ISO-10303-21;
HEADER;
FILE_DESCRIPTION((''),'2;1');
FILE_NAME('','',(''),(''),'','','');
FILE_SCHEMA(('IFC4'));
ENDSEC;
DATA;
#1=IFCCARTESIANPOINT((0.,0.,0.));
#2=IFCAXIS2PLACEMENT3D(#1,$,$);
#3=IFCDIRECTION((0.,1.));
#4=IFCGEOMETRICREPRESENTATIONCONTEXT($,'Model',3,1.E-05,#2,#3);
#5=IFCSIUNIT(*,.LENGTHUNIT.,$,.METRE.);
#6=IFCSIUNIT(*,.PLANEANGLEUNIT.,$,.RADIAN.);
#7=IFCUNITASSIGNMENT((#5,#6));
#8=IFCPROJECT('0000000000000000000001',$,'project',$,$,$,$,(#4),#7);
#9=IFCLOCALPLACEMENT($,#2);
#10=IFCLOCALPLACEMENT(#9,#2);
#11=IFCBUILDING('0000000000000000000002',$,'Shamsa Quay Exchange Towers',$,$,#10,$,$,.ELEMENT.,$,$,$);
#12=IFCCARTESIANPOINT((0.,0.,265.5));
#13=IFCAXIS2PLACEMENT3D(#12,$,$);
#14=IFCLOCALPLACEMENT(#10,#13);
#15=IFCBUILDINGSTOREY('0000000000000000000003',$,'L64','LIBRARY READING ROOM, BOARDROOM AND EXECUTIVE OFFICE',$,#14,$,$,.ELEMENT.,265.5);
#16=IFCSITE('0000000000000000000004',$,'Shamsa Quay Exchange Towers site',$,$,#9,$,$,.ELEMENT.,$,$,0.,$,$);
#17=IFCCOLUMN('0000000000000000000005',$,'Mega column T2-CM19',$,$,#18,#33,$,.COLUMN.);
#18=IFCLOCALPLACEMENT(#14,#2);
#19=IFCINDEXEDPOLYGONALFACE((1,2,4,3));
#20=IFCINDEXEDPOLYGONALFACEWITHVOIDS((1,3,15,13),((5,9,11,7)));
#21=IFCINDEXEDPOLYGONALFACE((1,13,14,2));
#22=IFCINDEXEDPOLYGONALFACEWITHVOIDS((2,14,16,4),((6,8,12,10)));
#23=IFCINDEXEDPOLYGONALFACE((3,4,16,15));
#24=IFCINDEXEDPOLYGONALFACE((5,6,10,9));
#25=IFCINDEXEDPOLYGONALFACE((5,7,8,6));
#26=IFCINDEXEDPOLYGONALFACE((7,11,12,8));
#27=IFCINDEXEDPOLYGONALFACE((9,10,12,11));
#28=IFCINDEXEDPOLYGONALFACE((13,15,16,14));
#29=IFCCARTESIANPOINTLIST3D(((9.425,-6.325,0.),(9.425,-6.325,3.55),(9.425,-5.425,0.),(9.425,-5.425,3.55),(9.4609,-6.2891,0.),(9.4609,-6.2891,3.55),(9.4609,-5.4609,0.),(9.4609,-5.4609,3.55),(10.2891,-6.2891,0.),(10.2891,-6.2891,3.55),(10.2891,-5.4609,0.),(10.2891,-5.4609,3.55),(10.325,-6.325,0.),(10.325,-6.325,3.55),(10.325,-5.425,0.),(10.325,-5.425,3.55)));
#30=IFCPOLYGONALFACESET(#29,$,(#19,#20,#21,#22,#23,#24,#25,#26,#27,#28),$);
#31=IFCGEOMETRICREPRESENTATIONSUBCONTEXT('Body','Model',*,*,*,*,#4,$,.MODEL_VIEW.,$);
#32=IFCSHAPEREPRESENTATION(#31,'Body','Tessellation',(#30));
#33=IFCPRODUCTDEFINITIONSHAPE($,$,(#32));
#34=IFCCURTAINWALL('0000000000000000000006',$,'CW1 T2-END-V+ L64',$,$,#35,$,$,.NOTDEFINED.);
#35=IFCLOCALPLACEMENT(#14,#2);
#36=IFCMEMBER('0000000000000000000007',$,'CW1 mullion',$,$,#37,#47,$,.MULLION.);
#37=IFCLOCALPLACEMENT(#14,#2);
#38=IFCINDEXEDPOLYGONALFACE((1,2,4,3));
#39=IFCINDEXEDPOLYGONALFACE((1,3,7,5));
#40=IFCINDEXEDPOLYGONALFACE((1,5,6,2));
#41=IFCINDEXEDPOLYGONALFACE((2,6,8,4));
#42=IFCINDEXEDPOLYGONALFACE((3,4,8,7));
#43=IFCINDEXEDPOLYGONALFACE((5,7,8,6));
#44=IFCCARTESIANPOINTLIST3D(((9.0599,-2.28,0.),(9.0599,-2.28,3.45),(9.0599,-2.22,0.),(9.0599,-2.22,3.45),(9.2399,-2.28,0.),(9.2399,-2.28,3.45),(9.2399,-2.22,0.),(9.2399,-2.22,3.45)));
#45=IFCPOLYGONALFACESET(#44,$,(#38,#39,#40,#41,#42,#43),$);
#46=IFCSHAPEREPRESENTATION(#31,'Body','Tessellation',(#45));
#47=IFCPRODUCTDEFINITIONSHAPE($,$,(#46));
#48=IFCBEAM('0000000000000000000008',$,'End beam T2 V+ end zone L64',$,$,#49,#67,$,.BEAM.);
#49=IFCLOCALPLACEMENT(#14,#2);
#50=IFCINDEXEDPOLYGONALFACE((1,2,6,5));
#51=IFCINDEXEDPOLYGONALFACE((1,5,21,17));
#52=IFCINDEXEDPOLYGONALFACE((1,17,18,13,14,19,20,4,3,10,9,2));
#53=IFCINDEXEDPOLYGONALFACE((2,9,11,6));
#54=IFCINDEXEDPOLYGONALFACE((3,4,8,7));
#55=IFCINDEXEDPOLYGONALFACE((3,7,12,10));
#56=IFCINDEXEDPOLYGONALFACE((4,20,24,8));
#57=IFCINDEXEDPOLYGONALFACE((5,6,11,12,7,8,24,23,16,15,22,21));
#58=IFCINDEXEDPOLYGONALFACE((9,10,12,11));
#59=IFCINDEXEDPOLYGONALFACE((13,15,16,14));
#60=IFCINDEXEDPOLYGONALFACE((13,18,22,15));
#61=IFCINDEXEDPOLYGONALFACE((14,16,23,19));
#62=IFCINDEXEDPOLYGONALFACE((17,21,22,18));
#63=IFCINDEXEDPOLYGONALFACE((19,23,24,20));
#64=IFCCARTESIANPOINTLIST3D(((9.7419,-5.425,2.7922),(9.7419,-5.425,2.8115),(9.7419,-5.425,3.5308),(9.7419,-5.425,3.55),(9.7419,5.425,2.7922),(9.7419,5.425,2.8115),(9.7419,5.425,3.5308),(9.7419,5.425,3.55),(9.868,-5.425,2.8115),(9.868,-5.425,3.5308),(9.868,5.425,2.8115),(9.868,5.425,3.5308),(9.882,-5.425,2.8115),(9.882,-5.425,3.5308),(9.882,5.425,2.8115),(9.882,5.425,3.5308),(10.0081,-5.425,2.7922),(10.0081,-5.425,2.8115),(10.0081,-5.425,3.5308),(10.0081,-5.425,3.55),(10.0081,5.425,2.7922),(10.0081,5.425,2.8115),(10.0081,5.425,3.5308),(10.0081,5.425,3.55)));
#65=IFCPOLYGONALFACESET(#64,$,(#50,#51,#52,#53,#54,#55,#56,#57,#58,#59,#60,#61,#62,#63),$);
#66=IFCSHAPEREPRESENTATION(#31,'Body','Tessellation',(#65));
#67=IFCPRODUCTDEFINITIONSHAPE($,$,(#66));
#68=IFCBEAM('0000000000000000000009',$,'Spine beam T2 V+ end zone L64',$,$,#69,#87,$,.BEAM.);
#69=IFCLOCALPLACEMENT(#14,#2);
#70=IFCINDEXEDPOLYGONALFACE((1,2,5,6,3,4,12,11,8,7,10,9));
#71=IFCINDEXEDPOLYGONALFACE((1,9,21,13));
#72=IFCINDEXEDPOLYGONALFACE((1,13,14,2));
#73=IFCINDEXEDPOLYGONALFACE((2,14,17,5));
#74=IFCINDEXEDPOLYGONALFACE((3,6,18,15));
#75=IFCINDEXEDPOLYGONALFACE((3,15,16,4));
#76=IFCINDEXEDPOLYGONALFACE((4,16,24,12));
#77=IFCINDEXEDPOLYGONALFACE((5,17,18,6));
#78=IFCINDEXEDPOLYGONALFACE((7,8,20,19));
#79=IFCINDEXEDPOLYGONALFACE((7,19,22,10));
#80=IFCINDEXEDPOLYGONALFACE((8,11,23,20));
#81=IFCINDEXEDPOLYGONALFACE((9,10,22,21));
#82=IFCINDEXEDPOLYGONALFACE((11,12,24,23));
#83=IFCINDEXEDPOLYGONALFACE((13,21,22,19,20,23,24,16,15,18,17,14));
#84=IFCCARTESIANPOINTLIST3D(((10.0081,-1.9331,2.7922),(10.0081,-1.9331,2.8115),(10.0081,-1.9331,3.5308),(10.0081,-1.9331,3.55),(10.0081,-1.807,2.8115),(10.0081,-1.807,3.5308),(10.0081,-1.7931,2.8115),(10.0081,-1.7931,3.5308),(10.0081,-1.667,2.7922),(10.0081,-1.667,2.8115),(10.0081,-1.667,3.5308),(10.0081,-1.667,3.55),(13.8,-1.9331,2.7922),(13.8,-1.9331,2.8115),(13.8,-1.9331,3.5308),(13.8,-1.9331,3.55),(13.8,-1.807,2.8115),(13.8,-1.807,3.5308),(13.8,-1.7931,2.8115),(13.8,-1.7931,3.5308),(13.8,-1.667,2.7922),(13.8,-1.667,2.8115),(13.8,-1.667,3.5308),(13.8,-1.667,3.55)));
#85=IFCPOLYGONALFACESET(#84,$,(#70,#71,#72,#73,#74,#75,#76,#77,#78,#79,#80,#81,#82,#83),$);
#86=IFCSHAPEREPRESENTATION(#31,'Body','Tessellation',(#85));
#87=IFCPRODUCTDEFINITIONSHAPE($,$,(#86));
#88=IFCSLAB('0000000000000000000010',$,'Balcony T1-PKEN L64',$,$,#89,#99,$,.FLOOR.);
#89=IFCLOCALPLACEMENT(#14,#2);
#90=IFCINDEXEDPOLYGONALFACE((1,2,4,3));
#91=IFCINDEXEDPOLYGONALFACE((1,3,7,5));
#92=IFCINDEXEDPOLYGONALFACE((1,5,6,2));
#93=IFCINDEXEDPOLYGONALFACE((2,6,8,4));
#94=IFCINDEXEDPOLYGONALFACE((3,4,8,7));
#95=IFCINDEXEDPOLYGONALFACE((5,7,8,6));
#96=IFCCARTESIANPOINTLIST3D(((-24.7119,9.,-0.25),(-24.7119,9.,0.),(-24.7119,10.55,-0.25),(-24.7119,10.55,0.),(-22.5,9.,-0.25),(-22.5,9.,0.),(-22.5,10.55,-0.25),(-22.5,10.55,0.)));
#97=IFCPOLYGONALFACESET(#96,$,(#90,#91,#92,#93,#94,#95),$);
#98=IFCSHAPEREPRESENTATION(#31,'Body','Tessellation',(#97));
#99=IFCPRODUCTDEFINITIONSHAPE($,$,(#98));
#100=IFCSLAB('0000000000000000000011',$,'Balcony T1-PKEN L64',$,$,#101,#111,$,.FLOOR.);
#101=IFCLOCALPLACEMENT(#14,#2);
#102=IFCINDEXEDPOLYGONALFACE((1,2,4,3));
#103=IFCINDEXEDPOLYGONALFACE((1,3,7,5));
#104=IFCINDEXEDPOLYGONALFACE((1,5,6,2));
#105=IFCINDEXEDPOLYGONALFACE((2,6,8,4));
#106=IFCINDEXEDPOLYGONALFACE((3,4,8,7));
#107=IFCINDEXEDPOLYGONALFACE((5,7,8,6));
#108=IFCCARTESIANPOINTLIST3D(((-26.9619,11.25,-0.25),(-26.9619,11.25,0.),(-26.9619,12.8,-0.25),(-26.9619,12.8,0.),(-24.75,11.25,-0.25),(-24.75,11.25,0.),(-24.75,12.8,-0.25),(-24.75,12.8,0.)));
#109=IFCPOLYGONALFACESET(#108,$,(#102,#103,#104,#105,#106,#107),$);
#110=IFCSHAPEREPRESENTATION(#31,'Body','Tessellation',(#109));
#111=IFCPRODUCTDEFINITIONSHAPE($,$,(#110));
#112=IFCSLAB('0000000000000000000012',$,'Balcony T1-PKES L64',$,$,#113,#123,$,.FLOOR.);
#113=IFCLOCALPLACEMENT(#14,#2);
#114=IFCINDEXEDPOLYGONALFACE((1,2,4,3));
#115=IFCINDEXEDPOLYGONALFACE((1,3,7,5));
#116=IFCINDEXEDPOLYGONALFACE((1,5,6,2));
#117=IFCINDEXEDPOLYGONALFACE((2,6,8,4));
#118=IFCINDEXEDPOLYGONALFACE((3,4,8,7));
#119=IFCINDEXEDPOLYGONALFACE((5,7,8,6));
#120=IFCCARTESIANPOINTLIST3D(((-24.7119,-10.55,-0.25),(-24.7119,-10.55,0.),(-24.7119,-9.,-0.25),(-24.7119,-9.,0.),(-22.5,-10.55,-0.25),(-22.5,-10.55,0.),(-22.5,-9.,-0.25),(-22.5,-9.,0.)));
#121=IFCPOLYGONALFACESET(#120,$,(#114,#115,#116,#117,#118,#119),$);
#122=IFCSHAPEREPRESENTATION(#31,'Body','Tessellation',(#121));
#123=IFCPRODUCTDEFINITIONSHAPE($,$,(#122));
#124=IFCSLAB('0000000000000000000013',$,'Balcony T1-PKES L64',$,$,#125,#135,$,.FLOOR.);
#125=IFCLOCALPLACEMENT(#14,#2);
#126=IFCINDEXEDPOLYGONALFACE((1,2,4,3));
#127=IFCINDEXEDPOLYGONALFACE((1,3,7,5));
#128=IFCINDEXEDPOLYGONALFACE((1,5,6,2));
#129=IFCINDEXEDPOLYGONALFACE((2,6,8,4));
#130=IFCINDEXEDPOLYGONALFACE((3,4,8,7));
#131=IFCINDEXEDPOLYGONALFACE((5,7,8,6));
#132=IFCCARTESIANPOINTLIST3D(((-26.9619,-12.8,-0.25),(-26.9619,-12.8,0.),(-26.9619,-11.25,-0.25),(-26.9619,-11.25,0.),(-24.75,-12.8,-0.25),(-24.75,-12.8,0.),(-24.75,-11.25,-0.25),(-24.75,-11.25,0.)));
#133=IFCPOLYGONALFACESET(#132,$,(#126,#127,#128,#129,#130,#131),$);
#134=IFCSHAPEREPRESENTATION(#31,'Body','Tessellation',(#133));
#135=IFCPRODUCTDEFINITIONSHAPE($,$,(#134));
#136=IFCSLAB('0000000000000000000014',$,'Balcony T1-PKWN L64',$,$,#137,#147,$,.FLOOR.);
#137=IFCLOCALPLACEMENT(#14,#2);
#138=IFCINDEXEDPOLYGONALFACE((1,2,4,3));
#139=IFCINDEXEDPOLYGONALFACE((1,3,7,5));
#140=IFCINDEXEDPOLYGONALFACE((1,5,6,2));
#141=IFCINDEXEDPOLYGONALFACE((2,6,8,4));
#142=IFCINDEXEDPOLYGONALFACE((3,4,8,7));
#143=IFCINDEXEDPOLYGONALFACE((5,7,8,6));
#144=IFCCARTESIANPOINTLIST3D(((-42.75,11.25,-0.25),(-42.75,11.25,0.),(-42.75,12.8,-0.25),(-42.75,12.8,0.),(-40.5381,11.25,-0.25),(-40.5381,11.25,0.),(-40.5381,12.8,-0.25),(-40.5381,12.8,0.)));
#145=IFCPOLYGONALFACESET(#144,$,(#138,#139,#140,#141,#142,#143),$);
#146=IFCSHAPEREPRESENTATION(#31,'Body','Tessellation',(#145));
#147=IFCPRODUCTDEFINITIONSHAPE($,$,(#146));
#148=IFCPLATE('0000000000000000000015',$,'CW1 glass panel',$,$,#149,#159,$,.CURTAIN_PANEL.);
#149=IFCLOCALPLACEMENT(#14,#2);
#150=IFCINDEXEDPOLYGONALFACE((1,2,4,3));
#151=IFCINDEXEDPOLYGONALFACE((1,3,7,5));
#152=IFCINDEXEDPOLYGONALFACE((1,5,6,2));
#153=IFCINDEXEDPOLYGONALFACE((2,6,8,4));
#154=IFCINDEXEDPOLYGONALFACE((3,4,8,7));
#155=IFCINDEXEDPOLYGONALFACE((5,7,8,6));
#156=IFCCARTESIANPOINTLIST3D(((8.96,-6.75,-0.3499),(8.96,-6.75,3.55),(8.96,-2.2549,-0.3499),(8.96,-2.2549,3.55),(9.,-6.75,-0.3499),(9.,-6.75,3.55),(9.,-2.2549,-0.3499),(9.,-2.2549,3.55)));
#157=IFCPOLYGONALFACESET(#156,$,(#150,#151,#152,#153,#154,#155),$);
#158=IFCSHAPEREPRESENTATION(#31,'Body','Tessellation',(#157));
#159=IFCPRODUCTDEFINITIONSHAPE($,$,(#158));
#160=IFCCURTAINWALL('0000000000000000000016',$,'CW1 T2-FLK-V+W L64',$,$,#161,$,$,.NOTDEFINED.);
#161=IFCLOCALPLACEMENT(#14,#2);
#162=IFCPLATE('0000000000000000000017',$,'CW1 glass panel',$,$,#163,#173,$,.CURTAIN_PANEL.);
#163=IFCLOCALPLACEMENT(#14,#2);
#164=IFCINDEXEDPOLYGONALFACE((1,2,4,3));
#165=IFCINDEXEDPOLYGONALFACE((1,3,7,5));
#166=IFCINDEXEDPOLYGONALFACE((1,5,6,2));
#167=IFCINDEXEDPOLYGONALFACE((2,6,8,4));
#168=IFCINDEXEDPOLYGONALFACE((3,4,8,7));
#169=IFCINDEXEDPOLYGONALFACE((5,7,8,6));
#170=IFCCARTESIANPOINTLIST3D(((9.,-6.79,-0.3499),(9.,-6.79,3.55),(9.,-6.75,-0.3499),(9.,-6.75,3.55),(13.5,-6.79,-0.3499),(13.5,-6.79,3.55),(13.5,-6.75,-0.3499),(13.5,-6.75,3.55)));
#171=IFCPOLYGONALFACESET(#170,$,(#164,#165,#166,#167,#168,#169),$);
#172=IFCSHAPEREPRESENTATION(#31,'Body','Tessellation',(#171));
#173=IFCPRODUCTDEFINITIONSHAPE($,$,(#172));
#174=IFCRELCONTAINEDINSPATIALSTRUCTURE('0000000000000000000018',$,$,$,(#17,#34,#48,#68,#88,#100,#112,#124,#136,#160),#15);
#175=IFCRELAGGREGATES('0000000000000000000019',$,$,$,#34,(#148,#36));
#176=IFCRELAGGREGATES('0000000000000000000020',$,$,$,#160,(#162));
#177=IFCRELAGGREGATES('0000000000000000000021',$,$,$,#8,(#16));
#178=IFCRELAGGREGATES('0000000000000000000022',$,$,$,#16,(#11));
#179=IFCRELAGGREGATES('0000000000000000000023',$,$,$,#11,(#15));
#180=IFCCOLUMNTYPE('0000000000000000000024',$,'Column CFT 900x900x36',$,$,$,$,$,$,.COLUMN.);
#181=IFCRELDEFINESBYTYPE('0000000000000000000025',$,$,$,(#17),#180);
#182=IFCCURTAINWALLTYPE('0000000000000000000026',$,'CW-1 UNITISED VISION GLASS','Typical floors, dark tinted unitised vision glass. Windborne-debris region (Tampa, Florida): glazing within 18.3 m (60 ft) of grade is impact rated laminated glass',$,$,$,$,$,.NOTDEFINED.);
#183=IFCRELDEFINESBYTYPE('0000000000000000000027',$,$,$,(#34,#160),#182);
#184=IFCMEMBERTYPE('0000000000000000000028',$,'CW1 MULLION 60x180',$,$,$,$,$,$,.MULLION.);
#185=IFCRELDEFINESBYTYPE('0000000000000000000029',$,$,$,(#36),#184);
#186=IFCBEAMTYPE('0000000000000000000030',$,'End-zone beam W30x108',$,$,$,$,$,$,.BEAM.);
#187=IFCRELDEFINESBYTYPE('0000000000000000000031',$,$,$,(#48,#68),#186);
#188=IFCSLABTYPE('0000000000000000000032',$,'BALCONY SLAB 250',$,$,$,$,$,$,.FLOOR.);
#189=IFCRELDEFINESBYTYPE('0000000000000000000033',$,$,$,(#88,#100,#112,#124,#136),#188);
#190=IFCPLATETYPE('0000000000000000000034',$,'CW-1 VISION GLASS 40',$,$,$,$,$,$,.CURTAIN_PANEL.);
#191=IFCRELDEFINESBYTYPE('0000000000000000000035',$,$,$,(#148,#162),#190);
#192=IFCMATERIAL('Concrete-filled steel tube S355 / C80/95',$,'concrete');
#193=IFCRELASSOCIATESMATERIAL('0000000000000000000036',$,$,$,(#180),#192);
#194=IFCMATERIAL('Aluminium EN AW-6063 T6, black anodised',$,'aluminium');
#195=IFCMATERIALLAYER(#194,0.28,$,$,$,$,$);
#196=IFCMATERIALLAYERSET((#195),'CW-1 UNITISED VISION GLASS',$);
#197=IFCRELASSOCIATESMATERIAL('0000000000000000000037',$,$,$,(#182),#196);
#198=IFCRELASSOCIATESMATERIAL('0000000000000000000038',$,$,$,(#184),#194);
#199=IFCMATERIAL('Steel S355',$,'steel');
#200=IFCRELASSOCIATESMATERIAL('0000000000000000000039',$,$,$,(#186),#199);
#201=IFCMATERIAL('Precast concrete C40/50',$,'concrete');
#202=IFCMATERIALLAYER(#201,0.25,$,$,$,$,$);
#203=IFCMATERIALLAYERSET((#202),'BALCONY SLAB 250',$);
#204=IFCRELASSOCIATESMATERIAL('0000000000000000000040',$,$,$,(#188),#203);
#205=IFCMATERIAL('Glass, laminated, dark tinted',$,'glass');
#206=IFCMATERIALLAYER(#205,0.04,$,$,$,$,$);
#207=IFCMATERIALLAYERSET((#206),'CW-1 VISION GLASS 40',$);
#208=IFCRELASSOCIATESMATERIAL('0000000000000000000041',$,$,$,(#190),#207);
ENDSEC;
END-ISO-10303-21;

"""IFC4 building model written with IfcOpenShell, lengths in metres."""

from ifc_helpers import new_model, si_unit, direction, frame, origin, origin_2d, place, context, subcontext, project, spatial, polyline, rectangle, hollow_rectangle, i_section, outline, extrude, material, layer, layer_set, material_profile, profile_set, type_object, element, aggregate, save


model = new_model("IFC4")

# Units and contexts
model_context = context("Model", 3, precision=1e-05, world=origin(), true_north=direction((0.0, 1.0)))
body_context = subcontext(model_context, "Body", "Model", "MODEL_VIEW")
ifc_project = project(units=[si_unit("LENGTHUNIT", "METRE"), si_unit("PLANEANGLEUNIT", "RADIAN")], contexts=[model_context])

# Site, building, storey
site_placement = place(None, origin())
site = spatial("IfcSite", under=ifc_project, at=site_placement, Name="Shamsa Quay Exchange Towers site", CompositionType="ELEMENT", RefElevation=0.0)
building_placement = place(site_placement, origin())
building = spatial("IfcBuilding", under=site, at=building_placement, Name="Shamsa Quay Exchange Towers", CompositionType="ELEMENT")
storey_placement = place(building_placement, frame((0.0, 0.0, 265.5)))
storey = spatial("IfcBuildingStorey", under=building, at=storey_placement, Name="L64", Description="LIBRARY READING ROOM, BOARDROOM AND EXECUTIVE OFFICE", CompositionType="ELEMENT", Elevation=265.5)

# Column
ifc_material_1 = material(Name="Concrete-filled steel tube S355 / C80/95", Category="concrete")
ifc_material_profile_1 = material_profile(ifc_material_1, hollow_rectangle(XDim=0.8999, YDim=0.8999, WallThickness=0.0359, at=origin_2d()), Name="CFT 900x900x36")
ifc_profile_set_1 = profile_set([ifc_material_profile_1], Name="Concrete-filled steel tube S355 / C80/95")
column_type = type_object("IfcColumnType", Name="Column CFT 900x900x36", PredefinedType="COLUMN", material=ifc_profile_set_1)
column_placement = place(storey_placement, frame((9.875, -5.875, 0.0)))
element("IfcColumn", 1, at=column_placement, inside=storey, type_object=column_type, Name="Mega column T2-CM19", PredefinedType="COLUMN", context=body_context, shape_type="SweptSolid", body=[
    extrude(hollow_rectangle(XDim=0.8999, YDim=0.8999, WallThickness=0.0359, at=origin_2d()), origin(), (0.0, 0.0, 1.0), 3.55),
])

# Curtain wall, member
ifc_material_2 = material(Name="Aluminium EN AW-6063 T6, black anodised", Category="aluminium")
ifc_layer_1 = layer(ifc_material_2, 0.28)
ifc_layer_set_1 = layer_set([ifc_layer_1], Name="CW-1 UNITISED VISION GLASS")
curtain_wall_type = type_object("IfcCurtainWallType", Name="CW-1 UNITISED VISION GLASS", Description="Typical floors, dark tinted unitised vision glass. Windborne-debris region (Tampa, Florida): glazing within 18.3 m (60 ft) of grade is impact rated laminated glass", PredefinedType="NOTDEFINED", material=ifc_layer_set_1)
curtain_wall_1_placement = place(storey_placement, origin())
curtain_wall_1 = element("IfcCurtainWall", 2, at=curtain_wall_1_placement, inside=storey, type_object=curtain_wall_type, Name="CW1 T2-END-V+ L64", PredefinedType="NOTDEFINED")
ifc_material_profile_2 = material_profile(ifc_material_2, rectangle(XDim=0.1799, YDim=0.0601, at=origin_2d()), Name="MU60x180")
ifc_profile_set_2 = profile_set([ifc_material_profile_2], Name="Aluminium EN AW-6063 T6, black anodised")
member_type = type_object("IfcMemberType", Name="CW1 MULLION 60x180", PredefinedType="MULLION", material=ifc_profile_set_2)
member_placement = place(storey_placement, frame((9.1499, -2.25, 0.0)))
member = element("IfcMember", 3, at=member_placement, type_object=member_type, Name="CW1 mullion", PredefinedType="MULLION", context=body_context, shape_type="SweptSolid", body=[
    extrude(rectangle(XDim=0.1799, YDim=0.0601, at=origin_2d()), origin(), (0.0, 0.0, 1.0), 3.45),
])

# Beams
ifc_material_3 = material(Name="Steel S355", Category="steel")
ifc_material_profile_3 = material_profile(ifc_material_3, i_section(OverallWidth=0.2661, OverallDepth=0.7578, WebThickness=0.0139, FlangeThickness=0.0193, at=origin_2d()), Name="W30x108")
ifc_profile_set_3 = profile_set([ifc_material_profile_3], Name="Steel S355")
beam_type = type_object("IfcBeamType", Name="End-zone beam W30x108", PredefinedType="BEAM", material=ifc_profile_set_3)
beam_1_placement = place(storey_placement, frame((9.875, -5.425, 3.1711), z_axis=(0.0, 1.0, 0.0), x_axis=(-1.0, 0.0, 0.0)))
element("IfcBeam", 4, at=beam_1_placement, inside=storey, type_object=beam_type, Name="End beam T2 V+ end zone L64", PredefinedType="BEAM", context=body_context, shape_type="SweptSolid", body=[
    extrude(i_section(OverallWidth=0.2661, OverallDepth=0.7578, WebThickness=0.0139, FlangeThickness=0.0193, at=origin_2d()), origin(), (0.0, 0.0, 1.0), 10.8501),
])
beam_2_placement = place(storey_placement, frame((13.8, -1.8, 3.1711), z_axis=(-1.0, 0.0, 0.0), x_axis=(0.0, -1.0, 0.0)))
element("IfcBeam", 5, at=beam_2_placement, inside=storey, type_object=beam_type, Name="Spine beam T2 V+ end zone L64", PredefinedType="BEAM", context=body_context, shape_type="SweptSolid", body=[
    extrude(i_section(OverallWidth=0.2661, OverallDepth=0.7578, WebThickness=0.0139, FlangeThickness=0.0193, at=origin_2d()), origin(), (0.0, 0.0, 1.0), 3.792),
])

# Slabs
ifc_material_4 = material(Name="Precast concrete C40/50", Category="concrete")
ifc_layer_2 = layer(ifc_material_4, 0.25)
ifc_layer_set_2 = layer_set([ifc_layer_2], Name="BALCONY SLAB 250")
slab_type_1 = type_object("IfcSlabType", Name="BALCONY SLAB 250", PredefinedType="FLOOR", material=ifc_layer_set_2)
slab_1_placement = place(storey_placement, frame((0.0, 0.0, -0.25)))
element("IfcSlab", 6, at=slab_1_placement, inside=storey, type_object=slab_type_1, Name="Balcony T1-PKEN L64", PredefinedType="FLOOR", context=body_context, shape_type="SweptSolid", body=[
    extrude(outline(polyline([(-22.5, 9.0), (-24.7119, 9.0), (-24.7119, 10.55), (-22.5, 10.55), (-22.5, 9.0)])), origin(), (0.0, 0.0, 1.0), 0.25),
])
slab_2_placement = place(storey_placement, frame((0.0, 0.0, -0.25)))
element("IfcSlab", 7, at=slab_2_placement, inside=storey, type_object=slab_type_1, Name="Balcony T1-PKEN L64", PredefinedType="FLOOR", context=body_context, shape_type="SweptSolid", body=[
    extrude(outline(polyline([(-24.75, 11.25), (-26.9619, 11.25), (-26.9619, 12.8), (-24.75, 12.8), (-24.75, 11.25)])), origin(), (0.0, 0.0, 1.0), 0.25),
])
slab_3_placement = place(storey_placement, frame((0.0, 0.0, -0.25)))
element("IfcSlab", 8, at=slab_3_placement, inside=storey, type_object=slab_type_1, Name="Balcony T1-PKES L64", PredefinedType="FLOOR", context=body_context, shape_type="SweptSolid", body=[
    extrude(outline(polyline([(-24.7119, -9.0), (-22.5, -9.0), (-22.5, -10.55), (-24.7119, -10.55), (-24.7119, -9.0)])), origin(), (0.0, 0.0, 1.0), 0.25),
])
slab_4_placement = place(storey_placement, frame((0.0, 0.0, -0.25)))
element("IfcSlab", 9, at=slab_4_placement, inside=storey, type_object=slab_type_1, Name="Balcony T1-PKES L64", PredefinedType="FLOOR", context=body_context, shape_type="SweptSolid", body=[
    extrude(outline(polyline([(-26.9619, -11.25), (-24.75, -11.25), (-24.75, -12.8), (-26.9619, -12.8), (-26.9619, -11.25)])), origin(), (0.0, 0.0, 1.0), 0.25),
])
slab_5_placement = place(storey_placement, frame((0.0, 0.0, -0.25)))
element("IfcSlab", 10, at=slab_5_placement, inside=storey, type_object=slab_type_1, Name="Balcony T1-PKWN L64", PredefinedType="FLOOR", context=body_context, shape_type="SweptSolid", body=[
    extrude(outline(polyline([(-40.5381, 11.25), (-42.75, 11.25), (-42.75, 12.8), (-40.5381, 12.8), (-40.5381, 11.25)])), origin(), (0.0, 0.0, 1.0), 0.25),
])

# Plate
ifc_material_5 = material(Name="Glass, laminated, dark tinted", Category="glass")
ifc_layer_3 = layer(ifc_material_5, 0.04)
ifc_layer_set_3 = layer_set([ifc_layer_3], Name="CW-1 VISION GLASS 40")
plate_type = type_object("IfcPlateType", Name="CW-1 VISION GLASS 40", PredefinedType="CURTAIN_PANEL", material=ifc_layer_set_3)
plate_1_placement = place(storey_placement, frame((8.98, -4.5024, -0.3499), z_axis=(0.0, 0.0, 1.0), x_axis=(0.0, -1.0, 0.0)))
plate_1 = element("IfcPlate", 11, at=plate_1_placement, type_object=plate_type, Name="CW1 glass panel", PredefinedType="CURTAIN_PANEL", context=body_context, shape_type="SweptSolid", body=[
    extrude(rectangle(XDim=4.4951, YDim=0.04, at=origin_2d()), origin(), (0.0, 0.0, 1.0), 3.8999),
])
aggregate(curtain_wall_1, [plate_1, member])

# Curtain wall, plate
curtain_wall_2_placement = place(storey_placement, origin())
curtain_wall_2 = element("IfcCurtainWall", 12, at=curtain_wall_2_placement, inside=storey, type_object=curtain_wall_type, Name="CW1 T2-FLK-V+W L64", PredefinedType="NOTDEFINED")
plate_2_placement = place(storey_placement, frame((11.25, -6.77, -0.3499)))
plate_2 = element("IfcPlate", 13, at=plate_2_placement, type_object=plate_type, Name="CW1 glass panel", PredefinedType="CURTAIN_PANEL", context=body_context, shape_type="SweptSolid", body=[
    extrude(rectangle(XDim=4.5, YDim=0.04, at=origin_2d()), origin(), (0.0, 0.0, 1.0), 3.8999),
])
aggregate(curtain_wall_2, [plate_2])

save(model, "model.ifc")
